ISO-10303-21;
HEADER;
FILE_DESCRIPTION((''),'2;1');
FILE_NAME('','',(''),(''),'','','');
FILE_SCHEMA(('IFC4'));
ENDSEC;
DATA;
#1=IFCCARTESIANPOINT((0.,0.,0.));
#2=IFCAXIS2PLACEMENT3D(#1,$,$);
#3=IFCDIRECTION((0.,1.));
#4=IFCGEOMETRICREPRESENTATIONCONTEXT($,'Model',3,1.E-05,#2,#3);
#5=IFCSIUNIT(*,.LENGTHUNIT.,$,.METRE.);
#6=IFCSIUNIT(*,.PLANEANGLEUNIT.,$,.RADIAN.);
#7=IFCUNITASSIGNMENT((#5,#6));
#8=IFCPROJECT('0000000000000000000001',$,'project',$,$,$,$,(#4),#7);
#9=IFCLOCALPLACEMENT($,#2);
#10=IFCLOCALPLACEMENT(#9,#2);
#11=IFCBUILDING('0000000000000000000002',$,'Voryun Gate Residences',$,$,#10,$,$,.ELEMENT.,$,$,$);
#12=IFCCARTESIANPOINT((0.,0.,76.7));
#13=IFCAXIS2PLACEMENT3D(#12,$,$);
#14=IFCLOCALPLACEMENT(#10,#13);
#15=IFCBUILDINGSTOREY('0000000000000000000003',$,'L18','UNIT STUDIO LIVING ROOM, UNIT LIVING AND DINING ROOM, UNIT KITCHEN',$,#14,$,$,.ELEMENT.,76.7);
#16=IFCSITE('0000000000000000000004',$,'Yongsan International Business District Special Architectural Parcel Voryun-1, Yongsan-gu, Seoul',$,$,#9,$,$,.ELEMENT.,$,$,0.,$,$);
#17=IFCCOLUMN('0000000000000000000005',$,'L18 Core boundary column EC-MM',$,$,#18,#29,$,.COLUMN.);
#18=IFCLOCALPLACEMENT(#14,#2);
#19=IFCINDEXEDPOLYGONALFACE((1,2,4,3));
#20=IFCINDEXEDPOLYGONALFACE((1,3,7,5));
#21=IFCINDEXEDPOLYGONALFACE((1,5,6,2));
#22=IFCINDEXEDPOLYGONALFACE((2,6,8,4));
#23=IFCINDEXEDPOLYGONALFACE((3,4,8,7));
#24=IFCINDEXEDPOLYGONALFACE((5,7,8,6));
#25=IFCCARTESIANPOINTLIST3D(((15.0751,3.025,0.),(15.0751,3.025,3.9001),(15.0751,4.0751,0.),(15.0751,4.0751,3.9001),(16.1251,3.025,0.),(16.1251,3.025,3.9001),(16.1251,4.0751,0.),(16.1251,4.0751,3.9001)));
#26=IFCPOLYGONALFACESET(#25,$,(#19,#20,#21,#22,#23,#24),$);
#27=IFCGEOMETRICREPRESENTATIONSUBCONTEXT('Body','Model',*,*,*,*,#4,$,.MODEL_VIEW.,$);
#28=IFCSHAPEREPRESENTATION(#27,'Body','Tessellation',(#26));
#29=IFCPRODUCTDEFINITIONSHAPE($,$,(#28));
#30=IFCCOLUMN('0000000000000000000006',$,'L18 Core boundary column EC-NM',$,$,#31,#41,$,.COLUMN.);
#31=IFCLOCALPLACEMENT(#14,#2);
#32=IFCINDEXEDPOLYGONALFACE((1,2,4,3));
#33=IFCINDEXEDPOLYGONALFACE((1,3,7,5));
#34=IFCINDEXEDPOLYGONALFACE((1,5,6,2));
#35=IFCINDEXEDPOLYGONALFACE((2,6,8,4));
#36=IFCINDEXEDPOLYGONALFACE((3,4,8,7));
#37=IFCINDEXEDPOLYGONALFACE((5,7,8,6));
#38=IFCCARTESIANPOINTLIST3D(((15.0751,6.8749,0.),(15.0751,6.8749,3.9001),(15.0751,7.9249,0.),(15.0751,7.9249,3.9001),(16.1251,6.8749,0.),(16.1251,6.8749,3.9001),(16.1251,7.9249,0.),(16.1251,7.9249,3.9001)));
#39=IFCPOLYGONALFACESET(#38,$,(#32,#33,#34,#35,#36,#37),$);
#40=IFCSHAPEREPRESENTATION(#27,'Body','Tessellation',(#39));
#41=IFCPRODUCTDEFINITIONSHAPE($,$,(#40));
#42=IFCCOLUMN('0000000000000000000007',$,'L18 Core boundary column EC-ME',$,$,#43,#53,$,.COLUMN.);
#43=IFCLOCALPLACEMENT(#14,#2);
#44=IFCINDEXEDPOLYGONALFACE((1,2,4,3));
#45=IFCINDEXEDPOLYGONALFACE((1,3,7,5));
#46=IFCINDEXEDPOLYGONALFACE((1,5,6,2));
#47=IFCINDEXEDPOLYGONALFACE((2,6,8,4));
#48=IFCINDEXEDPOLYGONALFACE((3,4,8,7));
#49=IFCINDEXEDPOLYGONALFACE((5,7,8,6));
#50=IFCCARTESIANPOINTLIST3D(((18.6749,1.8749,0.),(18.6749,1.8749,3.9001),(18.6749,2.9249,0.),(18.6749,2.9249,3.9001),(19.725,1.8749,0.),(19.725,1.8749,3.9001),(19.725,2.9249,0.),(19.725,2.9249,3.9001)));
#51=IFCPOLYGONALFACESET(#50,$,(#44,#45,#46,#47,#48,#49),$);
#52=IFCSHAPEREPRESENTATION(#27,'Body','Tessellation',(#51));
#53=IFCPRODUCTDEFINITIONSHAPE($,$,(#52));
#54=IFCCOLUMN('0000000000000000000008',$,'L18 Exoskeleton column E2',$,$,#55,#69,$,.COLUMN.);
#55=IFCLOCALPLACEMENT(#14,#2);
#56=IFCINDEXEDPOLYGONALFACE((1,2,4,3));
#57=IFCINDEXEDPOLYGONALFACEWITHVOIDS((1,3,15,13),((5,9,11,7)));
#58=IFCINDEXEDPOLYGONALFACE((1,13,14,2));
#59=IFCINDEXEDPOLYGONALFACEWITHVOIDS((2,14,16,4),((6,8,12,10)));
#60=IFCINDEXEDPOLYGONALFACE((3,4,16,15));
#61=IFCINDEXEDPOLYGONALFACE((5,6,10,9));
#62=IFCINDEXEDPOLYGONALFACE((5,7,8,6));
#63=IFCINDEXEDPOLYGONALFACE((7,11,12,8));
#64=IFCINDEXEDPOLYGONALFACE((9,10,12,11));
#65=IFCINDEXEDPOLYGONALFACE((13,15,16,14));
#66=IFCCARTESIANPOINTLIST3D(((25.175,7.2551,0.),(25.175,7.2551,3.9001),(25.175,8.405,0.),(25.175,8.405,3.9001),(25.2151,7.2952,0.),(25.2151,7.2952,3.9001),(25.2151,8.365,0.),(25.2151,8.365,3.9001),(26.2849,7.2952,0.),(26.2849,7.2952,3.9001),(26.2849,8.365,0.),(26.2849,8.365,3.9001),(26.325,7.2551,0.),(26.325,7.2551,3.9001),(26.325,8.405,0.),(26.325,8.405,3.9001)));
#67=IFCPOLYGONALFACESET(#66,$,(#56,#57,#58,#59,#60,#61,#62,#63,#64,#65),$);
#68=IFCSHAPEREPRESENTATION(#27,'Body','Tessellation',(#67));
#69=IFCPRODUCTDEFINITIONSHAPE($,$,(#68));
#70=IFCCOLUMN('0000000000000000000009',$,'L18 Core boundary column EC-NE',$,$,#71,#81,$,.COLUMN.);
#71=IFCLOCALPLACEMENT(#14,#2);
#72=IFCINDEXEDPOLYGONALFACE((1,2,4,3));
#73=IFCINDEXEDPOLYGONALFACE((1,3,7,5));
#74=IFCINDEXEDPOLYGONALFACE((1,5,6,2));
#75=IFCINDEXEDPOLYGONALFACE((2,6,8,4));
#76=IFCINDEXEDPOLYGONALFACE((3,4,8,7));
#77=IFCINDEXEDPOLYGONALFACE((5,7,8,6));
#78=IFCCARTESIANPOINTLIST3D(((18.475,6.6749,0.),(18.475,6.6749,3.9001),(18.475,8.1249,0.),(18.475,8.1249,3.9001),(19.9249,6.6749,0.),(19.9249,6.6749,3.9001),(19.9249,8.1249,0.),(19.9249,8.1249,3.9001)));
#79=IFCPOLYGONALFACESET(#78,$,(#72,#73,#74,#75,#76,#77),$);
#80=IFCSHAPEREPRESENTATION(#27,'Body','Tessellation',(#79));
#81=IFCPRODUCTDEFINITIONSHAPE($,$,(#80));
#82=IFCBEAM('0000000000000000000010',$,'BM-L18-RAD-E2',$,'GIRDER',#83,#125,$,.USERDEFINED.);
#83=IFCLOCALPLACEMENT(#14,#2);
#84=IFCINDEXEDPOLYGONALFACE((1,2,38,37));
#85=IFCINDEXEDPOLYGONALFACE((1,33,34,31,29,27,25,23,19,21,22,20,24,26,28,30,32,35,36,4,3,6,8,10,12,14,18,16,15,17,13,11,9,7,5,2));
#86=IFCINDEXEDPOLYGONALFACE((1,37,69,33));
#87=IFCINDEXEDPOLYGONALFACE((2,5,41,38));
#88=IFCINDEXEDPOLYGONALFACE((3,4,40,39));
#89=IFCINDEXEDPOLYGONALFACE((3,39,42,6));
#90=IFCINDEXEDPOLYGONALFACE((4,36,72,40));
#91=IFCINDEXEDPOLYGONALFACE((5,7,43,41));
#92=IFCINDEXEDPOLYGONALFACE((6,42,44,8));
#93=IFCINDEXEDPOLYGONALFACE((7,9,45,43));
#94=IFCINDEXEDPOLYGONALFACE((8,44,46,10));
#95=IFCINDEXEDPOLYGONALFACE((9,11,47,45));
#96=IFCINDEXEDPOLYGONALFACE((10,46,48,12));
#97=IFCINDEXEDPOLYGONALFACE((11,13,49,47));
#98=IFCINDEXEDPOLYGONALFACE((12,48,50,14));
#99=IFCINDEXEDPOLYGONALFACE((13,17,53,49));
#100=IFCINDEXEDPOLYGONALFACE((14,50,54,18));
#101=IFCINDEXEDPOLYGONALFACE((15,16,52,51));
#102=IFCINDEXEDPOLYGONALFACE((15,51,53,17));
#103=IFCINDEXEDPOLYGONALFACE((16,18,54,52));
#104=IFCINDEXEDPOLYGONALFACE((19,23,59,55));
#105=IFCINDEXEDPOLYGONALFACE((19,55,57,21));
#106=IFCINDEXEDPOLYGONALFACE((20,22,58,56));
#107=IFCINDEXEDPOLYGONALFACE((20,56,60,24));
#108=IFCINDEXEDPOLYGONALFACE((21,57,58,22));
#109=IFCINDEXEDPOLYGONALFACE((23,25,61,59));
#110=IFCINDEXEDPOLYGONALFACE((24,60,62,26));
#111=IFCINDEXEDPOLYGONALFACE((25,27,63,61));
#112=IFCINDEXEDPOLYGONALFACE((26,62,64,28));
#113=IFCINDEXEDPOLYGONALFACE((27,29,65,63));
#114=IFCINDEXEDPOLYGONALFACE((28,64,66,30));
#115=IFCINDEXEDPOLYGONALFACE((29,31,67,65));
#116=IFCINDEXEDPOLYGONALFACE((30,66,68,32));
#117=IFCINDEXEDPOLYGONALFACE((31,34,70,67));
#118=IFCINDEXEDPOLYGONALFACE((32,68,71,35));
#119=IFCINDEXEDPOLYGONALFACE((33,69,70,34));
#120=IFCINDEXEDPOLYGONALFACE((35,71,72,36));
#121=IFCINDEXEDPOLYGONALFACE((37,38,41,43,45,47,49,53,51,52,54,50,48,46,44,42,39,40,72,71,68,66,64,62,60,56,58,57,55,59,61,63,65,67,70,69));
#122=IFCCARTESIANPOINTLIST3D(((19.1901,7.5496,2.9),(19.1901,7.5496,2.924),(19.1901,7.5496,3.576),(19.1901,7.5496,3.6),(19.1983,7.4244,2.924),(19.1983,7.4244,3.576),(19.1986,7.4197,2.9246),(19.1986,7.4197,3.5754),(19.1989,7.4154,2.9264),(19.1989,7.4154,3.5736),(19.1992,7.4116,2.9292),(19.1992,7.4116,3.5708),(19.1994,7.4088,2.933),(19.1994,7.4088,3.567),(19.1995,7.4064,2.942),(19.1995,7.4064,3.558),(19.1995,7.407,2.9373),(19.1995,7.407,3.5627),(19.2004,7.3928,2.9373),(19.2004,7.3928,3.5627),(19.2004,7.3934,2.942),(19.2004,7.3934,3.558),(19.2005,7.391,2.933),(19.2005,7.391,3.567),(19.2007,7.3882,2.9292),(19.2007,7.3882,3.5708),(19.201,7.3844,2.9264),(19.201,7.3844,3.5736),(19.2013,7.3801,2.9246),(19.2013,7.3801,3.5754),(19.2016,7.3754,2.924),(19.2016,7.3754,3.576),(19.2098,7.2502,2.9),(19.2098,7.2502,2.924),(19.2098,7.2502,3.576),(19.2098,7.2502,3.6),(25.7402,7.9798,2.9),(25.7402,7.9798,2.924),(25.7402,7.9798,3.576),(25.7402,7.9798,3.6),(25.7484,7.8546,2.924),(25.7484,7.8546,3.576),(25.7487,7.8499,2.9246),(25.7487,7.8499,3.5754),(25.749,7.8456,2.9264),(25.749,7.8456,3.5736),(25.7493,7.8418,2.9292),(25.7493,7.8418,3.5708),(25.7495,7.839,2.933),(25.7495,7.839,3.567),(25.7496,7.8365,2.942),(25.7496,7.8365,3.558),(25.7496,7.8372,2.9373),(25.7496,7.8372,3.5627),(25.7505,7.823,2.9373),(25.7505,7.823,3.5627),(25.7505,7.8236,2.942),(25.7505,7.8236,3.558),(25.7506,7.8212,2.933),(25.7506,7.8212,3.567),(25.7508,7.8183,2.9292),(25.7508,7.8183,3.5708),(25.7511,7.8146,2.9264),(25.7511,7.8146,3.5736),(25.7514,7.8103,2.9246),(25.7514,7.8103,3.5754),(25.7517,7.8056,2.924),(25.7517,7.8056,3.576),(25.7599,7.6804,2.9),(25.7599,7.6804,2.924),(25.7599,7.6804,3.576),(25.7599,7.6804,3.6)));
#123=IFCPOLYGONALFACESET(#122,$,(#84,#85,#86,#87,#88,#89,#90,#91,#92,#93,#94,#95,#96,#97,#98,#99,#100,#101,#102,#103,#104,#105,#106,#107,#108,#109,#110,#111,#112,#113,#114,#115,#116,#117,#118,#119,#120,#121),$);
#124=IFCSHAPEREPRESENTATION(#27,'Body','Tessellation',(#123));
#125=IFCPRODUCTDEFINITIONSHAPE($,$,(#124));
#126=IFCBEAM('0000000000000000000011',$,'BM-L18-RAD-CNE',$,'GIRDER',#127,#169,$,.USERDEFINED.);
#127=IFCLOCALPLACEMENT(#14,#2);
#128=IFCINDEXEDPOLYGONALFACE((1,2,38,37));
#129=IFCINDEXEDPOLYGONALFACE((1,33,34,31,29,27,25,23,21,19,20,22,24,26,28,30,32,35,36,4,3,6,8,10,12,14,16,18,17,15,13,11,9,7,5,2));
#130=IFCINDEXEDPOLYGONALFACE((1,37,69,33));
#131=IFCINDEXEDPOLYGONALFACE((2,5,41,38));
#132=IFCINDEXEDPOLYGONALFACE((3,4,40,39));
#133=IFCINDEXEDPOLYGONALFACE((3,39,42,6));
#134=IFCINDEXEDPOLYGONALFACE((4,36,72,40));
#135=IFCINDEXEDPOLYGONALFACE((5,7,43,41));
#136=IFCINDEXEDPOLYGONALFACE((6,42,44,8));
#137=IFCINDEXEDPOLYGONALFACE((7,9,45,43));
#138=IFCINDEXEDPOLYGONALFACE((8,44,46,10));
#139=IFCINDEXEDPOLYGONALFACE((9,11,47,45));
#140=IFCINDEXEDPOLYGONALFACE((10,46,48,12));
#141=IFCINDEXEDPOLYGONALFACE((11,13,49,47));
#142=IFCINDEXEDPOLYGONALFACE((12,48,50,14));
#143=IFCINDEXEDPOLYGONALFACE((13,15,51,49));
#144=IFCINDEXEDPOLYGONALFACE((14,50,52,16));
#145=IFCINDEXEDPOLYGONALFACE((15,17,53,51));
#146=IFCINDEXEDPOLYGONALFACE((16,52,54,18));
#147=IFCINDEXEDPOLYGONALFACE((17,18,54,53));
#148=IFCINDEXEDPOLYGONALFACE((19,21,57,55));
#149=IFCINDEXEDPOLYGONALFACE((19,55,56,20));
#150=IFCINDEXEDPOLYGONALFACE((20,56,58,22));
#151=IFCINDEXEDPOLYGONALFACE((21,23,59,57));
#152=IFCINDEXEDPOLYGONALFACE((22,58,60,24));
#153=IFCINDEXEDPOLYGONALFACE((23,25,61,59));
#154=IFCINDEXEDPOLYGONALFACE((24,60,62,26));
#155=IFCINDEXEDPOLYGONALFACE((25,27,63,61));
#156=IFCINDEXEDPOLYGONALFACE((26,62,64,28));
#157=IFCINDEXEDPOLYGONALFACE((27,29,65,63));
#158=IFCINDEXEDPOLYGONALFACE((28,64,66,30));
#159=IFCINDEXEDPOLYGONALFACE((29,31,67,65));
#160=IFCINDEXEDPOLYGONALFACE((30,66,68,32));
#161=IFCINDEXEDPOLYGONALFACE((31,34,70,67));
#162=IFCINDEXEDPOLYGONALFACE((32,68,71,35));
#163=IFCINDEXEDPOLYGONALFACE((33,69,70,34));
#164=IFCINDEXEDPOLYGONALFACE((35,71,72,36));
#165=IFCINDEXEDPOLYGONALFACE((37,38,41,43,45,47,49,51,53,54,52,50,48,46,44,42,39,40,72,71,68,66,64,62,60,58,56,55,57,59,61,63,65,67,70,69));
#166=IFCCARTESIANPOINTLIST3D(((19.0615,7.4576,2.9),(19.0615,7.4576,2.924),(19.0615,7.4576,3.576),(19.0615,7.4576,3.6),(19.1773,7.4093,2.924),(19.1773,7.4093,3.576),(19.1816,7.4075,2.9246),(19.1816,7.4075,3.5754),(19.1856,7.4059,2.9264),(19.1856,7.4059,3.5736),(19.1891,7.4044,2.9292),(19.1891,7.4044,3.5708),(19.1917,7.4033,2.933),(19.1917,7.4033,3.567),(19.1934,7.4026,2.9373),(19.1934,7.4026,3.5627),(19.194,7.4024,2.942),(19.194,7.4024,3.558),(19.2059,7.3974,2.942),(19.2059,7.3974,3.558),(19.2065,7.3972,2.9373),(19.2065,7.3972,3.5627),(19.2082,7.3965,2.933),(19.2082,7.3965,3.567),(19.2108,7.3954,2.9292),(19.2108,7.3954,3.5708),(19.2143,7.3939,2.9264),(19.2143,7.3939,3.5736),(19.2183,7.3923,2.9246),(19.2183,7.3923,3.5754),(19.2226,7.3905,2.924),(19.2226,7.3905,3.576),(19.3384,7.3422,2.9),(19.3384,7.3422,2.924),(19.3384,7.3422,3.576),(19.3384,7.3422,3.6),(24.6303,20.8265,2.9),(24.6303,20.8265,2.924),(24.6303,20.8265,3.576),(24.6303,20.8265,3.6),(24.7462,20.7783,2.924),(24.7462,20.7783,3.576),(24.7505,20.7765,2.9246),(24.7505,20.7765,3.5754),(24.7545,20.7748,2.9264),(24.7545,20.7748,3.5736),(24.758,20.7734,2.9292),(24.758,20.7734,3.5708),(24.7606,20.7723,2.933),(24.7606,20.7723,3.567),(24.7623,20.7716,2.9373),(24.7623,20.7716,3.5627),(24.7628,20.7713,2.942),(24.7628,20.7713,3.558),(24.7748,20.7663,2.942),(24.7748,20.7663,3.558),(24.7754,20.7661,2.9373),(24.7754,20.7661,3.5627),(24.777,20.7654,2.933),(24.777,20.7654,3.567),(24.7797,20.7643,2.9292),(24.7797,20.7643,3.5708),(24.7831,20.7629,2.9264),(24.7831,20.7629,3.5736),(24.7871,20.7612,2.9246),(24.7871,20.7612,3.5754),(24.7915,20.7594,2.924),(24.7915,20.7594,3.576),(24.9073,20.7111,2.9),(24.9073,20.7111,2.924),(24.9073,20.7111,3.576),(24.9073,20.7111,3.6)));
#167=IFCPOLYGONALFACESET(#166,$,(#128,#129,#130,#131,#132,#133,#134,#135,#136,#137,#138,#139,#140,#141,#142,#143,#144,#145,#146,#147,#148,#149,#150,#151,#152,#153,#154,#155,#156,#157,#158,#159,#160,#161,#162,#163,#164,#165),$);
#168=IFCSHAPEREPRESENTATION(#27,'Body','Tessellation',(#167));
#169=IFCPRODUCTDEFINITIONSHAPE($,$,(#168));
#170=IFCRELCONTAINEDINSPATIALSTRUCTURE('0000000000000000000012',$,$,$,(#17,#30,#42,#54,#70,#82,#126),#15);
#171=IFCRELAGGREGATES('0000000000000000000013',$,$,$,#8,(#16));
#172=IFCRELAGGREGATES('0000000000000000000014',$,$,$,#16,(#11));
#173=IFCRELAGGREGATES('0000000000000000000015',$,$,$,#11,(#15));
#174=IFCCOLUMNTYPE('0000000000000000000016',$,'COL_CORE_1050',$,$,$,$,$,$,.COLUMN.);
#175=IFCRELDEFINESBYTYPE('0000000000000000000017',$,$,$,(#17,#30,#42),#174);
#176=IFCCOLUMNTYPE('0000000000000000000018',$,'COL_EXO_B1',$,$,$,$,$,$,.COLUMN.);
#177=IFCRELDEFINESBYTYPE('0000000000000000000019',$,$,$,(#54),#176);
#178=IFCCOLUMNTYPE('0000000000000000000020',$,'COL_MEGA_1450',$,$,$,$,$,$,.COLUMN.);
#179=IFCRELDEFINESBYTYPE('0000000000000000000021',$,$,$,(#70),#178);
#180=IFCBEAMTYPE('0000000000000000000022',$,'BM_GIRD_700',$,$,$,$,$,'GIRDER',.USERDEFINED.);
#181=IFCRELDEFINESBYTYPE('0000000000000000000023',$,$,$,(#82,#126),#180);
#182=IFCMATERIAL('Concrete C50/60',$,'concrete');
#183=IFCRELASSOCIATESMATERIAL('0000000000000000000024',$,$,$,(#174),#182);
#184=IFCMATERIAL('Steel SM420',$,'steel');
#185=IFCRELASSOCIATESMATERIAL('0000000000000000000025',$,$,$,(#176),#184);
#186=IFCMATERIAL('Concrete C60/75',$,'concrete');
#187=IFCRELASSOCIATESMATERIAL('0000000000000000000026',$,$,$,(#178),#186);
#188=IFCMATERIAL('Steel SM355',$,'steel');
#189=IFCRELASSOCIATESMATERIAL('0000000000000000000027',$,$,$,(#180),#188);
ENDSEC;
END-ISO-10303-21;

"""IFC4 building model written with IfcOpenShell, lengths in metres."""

from ifc_helpers import new_model, si_unit, direction, frame, origin, origin_2d, place, context, subcontext, project, spatial, rectangle, hollow_rectangle, i_section, extrude, material, material_profile, profile_set, type_object, element, save


model = new_model("IFC4")

# Units and contexts
model_context = context("Model", 3, precision=1e-05, world=origin(), true_north=direction((0.0, 1.0)))
body_context = subcontext(model_context, "Body", "Model", "MODEL_VIEW")
ifc_project = project(units=[si_unit("LENGTHUNIT", "METRE"), si_unit("PLANEANGLEUNIT", "RADIAN")], contexts=[model_context])

# Site, building, storey
site_placement = place(None, origin())
site = spatial("IfcSite", under=ifc_project, at=site_placement, Name="Yongsan International Business District Special Architectural Parcel Voryun-1, Yongsan-gu, Seoul", CompositionType="ELEMENT", RefElevation=0.0)
building_placement = place(site_placement, origin())
building = spatial("IfcBuilding", under=site, at=building_placement, Name="Voryun Gate Residences", CompositionType="ELEMENT")
storey_placement = place(building_placement, frame((0.0, 0.0, 76.7)))
storey = spatial("IfcBuildingStorey", under=building, at=storey_placement, Name="L18", Description="UNIT STUDIO LIVING ROOM, UNIT LIVING AND DINING ROOM, UNIT KITCHEN", CompositionType="ELEMENT", Elevation=76.7)

# Columns
ifc_material_1 = material(Name="Concrete C50/60", Category="concrete")
ifc_material_profile_1 = material_profile(ifc_material_1, rectangle(XDim=1.05, YDim=1.05, at=origin_2d()), Name="RC-1050x1050")
ifc_profile_set_1 = profile_set([ifc_material_profile_1], Name="Concrete C50/60")
column_type_1 = type_object("IfcColumnType", Name="COL_CORE_1050", PredefinedType="COLUMN", material=ifc_profile_set_1)
for number, where, z_axis, x_axis, name in (
    (1, (15.6001, 3.55, 0.0), (0.0, 0.0, 1.0), (1.0, 0.0, 0.0), "L18 Core boundary column EC-MM"),
    (2, (15.6001, 7.3999, 0.0), (0.0, 0.0, 1.0), (1.0, 0.0, 0.0), "L18 Core boundary column EC-NM"),
    (3, (19.2, 2.3999, 0.0), (0.0, 0.0, 1.0), (1.0, 0.0, 0.0), "L18 Core boundary column EC-ME"),
):
    element("IfcColumn", number, at=place(storey_placement, frame(where, z_axis=z_axis, x_axis=x_axis)), inside=storey, type_object=column_type_1, Name=name, PredefinedType="COLUMN", context=body_context, shape_type="SweptSolid", body=[
        extrude(rectangle(XDim=1.05, YDim=1.05, at=origin_2d()), origin(), (0.0, 0.0, 1.0), 3.9001),
    ])
ifc_material_2 = material(Name="Steel SM420", Category="steel")
ifc_material_profile_2 = material_profile(ifc_material_2, hollow_rectangle(XDim=1.1499, YDim=1.1499, WallThickness=0.04, at=origin_2d()), Name="BOX-1150x1150x40")
ifc_profile_set_2 = profile_set([ifc_material_profile_2], Name="Steel SM420")
column_type_2 = type_object("IfcColumnType", Name="COL_EXO_B1", PredefinedType="COLUMN", material=ifc_profile_set_2)
column_1_placement = place(storey_placement, frame((25.75, 7.8301, 0.0), z_axis=(0.0, 0.0, 1.0), x_axis=(1.0, 0.0, 0.0)))
element("IfcColumn", 4, at=column_1_placement, inside=storey, type_object=column_type_2, Name="L18 Exoskeleton column E2", PredefinedType="COLUMN", context=body_context, shape_type="SweptSolid", body=[
    extrude(hollow_rectangle(XDim=1.1499, YDim=1.1499, WallThickness=0.04, at=origin_2d()), origin(), (0.0, 0.0, 1.0), 3.9001),
])
ifc_material_3 = material(Name="Concrete C60/75", Category="concrete")
ifc_material_profile_3 = material_profile(ifc_material_3, rectangle(XDim=1.45, YDim=1.45, at=origin_2d()), Name="RC-1450x1450")
ifc_profile_set_3 = profile_set([ifc_material_profile_3], Name="Concrete C60/75")
column_type_3 = type_object("IfcColumnType", Name="COL_MEGA_1450", PredefinedType="COLUMN", material=ifc_profile_set_3)
column_2_placement = place(storey_placement, frame((19.2, 7.3999, 0.0), z_axis=(0.0, 0.0, 1.0), x_axis=(1.0, 0.0, 0.0)))
element("IfcColumn", 5, at=column_2_placement, inside=storey, type_object=column_type_3, Name="L18 Core boundary column EC-NE", PredefinedType="COLUMN", context=body_context, shape_type="SweptSolid", body=[
    extrude(rectangle(XDim=1.45, YDim=1.45, at=origin_2d()), origin(), (0.0, 0.0, 1.0), 3.9001),
])

# Beams
ifc_material_4 = material(Name="Steel SM355", Category="steel")
ifc_material_profile_4 = material_profile(ifc_material_4, i_section(OverallWidth=0.3, OverallDepth=0.7, WebThickness=0.0129, FlangeThickness=0.0239, FilletRadius=0.0181, at=origin_2d()), Name="H-700x300x13x24")
ifc_profile_set_4 = profile_set([ifc_material_profile_4], Name="Steel SM355")
beam_type = type_object("IfcBeamType", Name="BM_GIRD_700", ElementType="GIRDER", PredefinedType="USERDEFINED", material=ifc_profile_set_4)
beam_1_placement = place(storey_placement, frame((19.2, 7.3999, 3.25), z_axis=(0.99785, 0.065534, 0.0), x_axis=(-0.065534, 0.99785, 0.0)))
element("IfcBeam", 6, at=beam_1_placement, inside=storey, type_object=beam_type, Name="BM-L18-RAD-E2", ObjectType="GIRDER", PredefinedType="USERDEFINED", context=body_context, shape_type="SweptSolid", body=[
    extrude(i_section(OverallWidth=0.3, OverallDepth=0.7, WebThickness=0.0129, FlangeThickness=0.0239, FilletRadius=0.0181, at=origin_2d()), origin(), (0.0, 0.0, 1.0), 6.5642),
])
beam_2_placement = place(storey_placement, frame((19.2, 7.3999, 3.25), z_axis=(0.384526, 0.923114, 0.0), x_axis=(-0.923114, 0.384526, 0.0)))
element("IfcBeam", 7, at=beam_2_placement, inside=storey, type_object=beam_type, Name="BM-L18-RAD-CNE", ObjectType="GIRDER", PredefinedType="USERDEFINED", context=body_context, shape_type="SweptSolid", body=[
    extrude(i_section(OverallWidth=0.3, OverallDepth=0.7, WebThickness=0.0129, FlangeThickness=0.0239, FilletRadius=0.0181, at=origin_2d()), origin(), (0.0, 0.0, 1.0), 14.4824),
])

save(model, "model.ifc")
